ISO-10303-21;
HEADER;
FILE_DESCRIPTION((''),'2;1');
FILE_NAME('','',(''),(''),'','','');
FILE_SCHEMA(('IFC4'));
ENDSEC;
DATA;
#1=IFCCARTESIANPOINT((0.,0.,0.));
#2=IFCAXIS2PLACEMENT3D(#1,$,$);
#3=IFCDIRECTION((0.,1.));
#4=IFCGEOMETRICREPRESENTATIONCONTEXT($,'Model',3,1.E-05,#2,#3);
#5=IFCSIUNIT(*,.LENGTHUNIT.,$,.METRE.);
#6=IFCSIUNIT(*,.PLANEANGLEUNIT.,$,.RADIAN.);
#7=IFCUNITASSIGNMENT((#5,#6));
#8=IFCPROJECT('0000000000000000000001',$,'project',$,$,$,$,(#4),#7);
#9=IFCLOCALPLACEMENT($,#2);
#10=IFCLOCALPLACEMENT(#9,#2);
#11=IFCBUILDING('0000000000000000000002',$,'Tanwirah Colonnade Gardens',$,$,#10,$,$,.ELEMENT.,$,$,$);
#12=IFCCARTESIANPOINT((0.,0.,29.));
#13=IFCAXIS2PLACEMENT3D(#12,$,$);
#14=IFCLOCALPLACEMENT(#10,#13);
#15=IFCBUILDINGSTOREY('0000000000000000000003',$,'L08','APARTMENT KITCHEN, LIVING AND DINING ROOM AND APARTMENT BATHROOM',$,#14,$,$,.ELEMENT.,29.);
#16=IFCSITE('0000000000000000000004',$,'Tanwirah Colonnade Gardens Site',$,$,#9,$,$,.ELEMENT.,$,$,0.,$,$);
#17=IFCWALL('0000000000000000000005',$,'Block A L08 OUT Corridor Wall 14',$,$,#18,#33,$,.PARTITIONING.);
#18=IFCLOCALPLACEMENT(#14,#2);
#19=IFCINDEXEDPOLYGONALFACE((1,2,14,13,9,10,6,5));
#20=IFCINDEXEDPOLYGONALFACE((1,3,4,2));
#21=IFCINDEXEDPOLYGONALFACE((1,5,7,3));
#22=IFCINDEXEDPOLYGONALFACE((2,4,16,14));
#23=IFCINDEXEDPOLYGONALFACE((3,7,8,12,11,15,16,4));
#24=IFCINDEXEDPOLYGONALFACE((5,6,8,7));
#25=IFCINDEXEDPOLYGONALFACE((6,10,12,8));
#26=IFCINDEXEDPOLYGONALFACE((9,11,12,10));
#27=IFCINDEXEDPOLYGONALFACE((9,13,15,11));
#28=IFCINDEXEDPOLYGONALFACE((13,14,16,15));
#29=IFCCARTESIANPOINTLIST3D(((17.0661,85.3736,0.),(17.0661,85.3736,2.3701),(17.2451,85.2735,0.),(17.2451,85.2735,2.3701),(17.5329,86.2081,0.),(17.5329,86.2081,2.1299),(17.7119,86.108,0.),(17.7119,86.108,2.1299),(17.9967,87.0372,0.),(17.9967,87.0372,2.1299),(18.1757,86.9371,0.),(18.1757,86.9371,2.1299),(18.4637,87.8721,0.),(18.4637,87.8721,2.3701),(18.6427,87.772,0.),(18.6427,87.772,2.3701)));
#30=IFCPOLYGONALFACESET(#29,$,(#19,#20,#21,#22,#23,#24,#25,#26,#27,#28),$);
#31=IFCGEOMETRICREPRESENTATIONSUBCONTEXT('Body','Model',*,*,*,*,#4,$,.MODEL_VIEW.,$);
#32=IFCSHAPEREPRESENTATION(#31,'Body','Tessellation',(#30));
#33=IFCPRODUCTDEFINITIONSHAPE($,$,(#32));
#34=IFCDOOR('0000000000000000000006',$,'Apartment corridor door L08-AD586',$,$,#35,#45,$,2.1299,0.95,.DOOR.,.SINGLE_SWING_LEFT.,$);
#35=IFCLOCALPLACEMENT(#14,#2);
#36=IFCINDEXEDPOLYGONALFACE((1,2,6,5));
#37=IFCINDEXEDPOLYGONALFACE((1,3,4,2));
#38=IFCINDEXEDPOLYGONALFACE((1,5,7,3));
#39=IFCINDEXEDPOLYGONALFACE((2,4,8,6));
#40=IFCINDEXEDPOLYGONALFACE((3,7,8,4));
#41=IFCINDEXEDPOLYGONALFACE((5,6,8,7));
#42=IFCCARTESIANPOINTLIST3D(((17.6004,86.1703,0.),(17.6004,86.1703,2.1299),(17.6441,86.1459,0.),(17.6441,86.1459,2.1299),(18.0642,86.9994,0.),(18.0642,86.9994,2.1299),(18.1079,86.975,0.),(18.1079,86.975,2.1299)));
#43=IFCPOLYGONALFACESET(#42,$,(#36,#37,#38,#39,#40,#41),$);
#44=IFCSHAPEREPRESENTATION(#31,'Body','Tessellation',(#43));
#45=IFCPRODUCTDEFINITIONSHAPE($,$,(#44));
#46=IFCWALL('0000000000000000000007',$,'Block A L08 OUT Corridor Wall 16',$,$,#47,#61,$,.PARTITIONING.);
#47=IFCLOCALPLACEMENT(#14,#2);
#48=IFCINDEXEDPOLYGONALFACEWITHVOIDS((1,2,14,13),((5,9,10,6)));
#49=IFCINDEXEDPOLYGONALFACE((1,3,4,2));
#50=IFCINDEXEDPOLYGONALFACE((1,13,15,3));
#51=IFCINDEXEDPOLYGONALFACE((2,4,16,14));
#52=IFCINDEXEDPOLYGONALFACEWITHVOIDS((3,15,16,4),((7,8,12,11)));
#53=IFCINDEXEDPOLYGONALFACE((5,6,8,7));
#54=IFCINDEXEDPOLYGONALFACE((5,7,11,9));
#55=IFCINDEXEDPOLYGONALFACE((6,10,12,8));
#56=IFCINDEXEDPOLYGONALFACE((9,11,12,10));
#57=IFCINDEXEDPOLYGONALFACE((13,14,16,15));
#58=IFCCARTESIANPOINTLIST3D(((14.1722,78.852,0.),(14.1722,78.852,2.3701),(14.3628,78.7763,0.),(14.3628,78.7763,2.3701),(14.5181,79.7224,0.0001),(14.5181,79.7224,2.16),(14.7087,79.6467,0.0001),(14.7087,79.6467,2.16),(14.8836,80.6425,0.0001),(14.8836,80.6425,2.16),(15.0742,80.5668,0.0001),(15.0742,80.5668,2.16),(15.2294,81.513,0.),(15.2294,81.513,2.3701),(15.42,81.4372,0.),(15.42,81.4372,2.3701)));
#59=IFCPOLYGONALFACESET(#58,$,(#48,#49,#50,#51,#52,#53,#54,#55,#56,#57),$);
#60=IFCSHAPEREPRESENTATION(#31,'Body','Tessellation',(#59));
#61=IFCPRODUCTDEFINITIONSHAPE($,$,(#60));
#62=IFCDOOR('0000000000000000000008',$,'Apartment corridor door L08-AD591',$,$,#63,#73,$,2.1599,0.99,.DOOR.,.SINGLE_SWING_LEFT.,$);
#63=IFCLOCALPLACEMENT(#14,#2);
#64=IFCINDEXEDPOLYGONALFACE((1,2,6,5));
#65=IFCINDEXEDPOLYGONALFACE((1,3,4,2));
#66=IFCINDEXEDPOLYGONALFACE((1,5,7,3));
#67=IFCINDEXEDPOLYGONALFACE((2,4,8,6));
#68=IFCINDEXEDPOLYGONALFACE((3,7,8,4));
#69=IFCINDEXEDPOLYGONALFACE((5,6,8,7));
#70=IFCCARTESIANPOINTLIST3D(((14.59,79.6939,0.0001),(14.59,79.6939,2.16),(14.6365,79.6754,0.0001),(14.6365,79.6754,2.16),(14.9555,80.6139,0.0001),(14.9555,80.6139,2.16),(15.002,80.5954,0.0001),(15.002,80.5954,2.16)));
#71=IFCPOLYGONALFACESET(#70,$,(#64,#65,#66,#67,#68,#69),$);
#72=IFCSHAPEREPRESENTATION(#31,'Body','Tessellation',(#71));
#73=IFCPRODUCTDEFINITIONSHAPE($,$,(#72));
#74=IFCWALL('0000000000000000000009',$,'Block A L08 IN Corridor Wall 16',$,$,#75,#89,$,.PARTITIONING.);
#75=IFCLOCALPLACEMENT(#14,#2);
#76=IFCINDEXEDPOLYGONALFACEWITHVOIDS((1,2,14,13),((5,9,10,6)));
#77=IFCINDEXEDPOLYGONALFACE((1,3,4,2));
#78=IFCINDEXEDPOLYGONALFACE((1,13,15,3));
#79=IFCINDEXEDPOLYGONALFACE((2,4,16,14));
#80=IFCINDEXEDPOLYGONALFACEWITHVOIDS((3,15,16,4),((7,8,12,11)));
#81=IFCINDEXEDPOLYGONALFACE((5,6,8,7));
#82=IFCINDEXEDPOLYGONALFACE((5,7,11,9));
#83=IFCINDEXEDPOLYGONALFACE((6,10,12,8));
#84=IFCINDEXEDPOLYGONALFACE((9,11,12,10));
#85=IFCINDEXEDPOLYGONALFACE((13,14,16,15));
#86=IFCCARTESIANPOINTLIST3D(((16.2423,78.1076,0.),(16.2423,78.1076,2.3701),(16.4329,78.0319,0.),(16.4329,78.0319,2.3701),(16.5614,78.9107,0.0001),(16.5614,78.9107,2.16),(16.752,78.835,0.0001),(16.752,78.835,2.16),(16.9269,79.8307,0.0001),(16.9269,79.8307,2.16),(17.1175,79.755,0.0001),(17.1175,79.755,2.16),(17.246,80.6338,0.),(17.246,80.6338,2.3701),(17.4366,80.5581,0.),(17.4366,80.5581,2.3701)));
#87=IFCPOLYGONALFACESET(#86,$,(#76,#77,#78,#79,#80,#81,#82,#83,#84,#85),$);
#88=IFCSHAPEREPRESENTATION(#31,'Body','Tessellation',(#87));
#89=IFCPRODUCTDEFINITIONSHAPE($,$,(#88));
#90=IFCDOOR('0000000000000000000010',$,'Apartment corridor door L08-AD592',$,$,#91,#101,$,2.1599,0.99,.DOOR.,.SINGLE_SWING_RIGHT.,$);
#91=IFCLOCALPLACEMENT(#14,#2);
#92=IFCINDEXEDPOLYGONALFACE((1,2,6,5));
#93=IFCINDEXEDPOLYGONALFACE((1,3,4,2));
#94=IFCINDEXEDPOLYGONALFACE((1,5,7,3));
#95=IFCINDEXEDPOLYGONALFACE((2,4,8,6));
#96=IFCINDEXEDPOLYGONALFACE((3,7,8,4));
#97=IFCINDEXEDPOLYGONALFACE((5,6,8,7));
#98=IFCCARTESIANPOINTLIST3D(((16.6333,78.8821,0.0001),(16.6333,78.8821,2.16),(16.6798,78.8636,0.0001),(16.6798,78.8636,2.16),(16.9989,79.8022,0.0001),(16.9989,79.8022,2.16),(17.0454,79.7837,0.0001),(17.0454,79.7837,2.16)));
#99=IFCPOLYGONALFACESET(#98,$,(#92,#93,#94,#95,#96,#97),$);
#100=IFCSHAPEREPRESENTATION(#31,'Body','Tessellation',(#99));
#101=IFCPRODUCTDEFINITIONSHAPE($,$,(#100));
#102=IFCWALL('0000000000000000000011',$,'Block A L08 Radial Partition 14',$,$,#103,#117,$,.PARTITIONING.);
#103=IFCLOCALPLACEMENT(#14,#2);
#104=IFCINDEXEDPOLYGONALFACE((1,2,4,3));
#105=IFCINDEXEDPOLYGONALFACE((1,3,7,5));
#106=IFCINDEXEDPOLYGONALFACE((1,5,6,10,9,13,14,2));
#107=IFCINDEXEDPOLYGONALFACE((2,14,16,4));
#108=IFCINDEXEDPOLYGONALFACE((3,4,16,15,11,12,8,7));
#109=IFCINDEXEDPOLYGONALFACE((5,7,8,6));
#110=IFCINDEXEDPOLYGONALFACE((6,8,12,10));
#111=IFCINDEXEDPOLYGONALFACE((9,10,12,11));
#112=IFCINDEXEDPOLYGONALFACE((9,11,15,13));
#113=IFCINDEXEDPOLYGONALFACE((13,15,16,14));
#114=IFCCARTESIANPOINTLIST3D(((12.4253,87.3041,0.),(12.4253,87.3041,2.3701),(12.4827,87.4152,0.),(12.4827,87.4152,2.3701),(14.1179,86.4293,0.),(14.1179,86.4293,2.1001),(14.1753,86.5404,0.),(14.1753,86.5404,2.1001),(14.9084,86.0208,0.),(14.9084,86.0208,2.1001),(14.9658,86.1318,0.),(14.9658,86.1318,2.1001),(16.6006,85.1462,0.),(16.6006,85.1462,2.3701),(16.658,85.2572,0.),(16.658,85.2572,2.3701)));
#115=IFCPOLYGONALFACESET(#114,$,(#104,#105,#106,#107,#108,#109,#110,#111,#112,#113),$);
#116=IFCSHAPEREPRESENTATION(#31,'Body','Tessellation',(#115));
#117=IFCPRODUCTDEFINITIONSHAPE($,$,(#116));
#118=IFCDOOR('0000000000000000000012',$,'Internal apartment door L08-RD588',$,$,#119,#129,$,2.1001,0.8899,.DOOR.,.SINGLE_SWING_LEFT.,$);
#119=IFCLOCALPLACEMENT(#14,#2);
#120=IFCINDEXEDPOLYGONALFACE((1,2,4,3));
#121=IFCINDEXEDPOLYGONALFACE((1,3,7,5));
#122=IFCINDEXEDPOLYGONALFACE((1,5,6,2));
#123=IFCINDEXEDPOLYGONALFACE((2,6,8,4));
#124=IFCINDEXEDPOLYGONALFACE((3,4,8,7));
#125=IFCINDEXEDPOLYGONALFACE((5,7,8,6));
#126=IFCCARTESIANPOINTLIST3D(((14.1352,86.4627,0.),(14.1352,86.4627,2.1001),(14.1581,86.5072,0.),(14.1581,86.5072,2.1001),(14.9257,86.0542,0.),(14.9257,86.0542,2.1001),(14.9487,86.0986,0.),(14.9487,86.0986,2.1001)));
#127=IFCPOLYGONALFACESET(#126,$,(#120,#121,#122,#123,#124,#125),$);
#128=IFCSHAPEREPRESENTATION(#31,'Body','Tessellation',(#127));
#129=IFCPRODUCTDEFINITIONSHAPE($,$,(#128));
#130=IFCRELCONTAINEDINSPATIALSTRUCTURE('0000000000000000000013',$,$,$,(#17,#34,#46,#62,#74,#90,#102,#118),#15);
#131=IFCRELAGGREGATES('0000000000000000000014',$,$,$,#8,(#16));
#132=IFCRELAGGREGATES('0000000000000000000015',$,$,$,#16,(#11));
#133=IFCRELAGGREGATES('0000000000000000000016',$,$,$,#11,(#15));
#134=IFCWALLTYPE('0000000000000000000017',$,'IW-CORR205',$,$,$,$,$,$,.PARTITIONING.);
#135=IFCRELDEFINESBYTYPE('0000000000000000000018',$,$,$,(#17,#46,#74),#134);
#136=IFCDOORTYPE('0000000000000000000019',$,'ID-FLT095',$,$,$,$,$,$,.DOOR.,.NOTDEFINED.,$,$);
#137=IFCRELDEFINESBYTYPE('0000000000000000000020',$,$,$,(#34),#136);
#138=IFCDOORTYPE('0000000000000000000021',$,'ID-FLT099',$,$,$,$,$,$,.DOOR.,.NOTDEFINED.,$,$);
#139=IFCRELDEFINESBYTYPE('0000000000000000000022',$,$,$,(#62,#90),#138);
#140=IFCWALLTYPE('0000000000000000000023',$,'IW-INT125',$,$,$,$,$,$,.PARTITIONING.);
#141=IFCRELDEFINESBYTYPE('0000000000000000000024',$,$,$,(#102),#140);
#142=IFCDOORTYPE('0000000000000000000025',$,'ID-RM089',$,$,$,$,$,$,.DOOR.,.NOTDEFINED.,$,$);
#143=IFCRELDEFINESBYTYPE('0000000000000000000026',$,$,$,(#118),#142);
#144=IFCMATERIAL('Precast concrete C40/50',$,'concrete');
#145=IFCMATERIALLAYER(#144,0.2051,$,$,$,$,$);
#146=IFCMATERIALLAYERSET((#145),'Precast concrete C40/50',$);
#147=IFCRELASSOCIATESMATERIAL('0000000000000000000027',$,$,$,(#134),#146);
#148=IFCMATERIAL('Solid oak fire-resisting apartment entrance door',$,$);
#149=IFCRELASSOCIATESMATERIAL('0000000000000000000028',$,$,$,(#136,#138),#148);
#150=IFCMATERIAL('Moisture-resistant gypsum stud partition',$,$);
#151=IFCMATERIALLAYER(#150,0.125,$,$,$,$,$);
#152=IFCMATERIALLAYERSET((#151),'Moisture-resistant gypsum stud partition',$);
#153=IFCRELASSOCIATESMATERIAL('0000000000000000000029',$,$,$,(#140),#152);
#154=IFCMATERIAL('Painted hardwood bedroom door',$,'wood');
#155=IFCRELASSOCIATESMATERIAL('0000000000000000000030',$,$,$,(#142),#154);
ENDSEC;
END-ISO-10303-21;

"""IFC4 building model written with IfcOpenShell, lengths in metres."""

from ifc_helpers import new_model, si_unit, direction, frame, frame_2d, origin, place, context, subcontext, project, spatial, rectangle, extrude, material, layer, layer_set, type_object, element, fill, save


model = new_model("IFC4")

# Units and contexts
model_context = context("Model", 3, precision=1e-05, world=origin(), true_north=direction((0.0, 1.0)))
body_context = subcontext(model_context, "Body", "Model", "MODEL_VIEW")
ifc_project = project(units=[si_unit("LENGTHUNIT", "METRE"), si_unit("PLANEANGLEUNIT", "RADIAN")], contexts=[model_context])

# Site, building, storey
site_placement = place(None, origin())
site = spatial("IfcSite", under=ifc_project, at=site_placement, Name="Tanwirah Colonnade Gardens Site", CompositionType="ELEMENT", RefElevation=0.0)
building_placement = place(site_placement, origin())
building = spatial("IfcBuilding", under=site, at=building_placement, Name="Tanwirah Colonnade Gardens", CompositionType="ELEMENT")
storey_placement = place(building_placement, frame((0.0, 0.0, 29.0)))
storey = spatial("IfcBuildingStorey", under=building, at=storey_placement, Name="L08", Description="APARTMENT KITCHEN, LIVING AND DINING ROOM AND APARTMENT BATHROOM", CompositionType="ELEMENT", Elevation=29.0)

# Shared definitions
ifc_material_1 = material(Name="Precast concrete C40/50", Category="concrete")

# Walls, openings, doors
ifc_layer_1 = layer(ifc_material_1, 0.2051)
ifc_layer_set_1 = layer_set([ifc_layer_1], Name="Precast concrete C40/50")
wall_type_1 = type_object("IfcWallType", Name="IW-CORR205", PredefinedType="PARTITIONING", material=ifc_layer_set_1)
wall_1_placement = place(storey_placement, frame((18.5532, 87.822, 0.0), z_axis=(0.0, 0.0, 1.0), x_axis=(-0.488211, -0.872726, 0.0)))
wall_1 = element("IfcWall", 1, at=wall_1_placement, inside=storey, type_object=wall_type_1, Name="Block A L08 OUT Corridor Wall 14", PredefinedType="PARTITIONING", context=body_context, shape_type="SweptSolid", body=[
    extrude(rectangle(XDim=2.8628, YDim=0.2051, at=frame_2d((1.4314, 0.0))), origin(), (0.0, 0.0, 1.0), 2.3701),
])
opening_1_placement = place(wall_1_placement, frame((0.9565, 0.0, 0.0)))
opening_1 = element("IfcOpeningElement", 2, at=opening_1_placement, cuts=wall_1, PredefinedType="OPENING", context=body_context, shape_type="SweptSolid", body=[
    extrude(rectangle(XDim=0.95, YDim=2.1299, at=frame_2d((0.4751, 1.0649))), frame((0.0, 0.1125, 0.0), z_axis=(0.0, -1.0, 0.0), x_axis=(1.0, 0.0, 0.0)), (0.0, 0.0, 1.0), 0.2251),
])
ifc_material_2 = material(Name="Solid oak fire-resisting apartment entrance door")
door_type_1 = type_object("IfcDoorType", Name="ID-FLT095", OperationType="NOTDEFINED", PredefinedType="DOOR", material=ifc_material_2)
door_1_placement = place(opening_1_placement, origin())
door_1 = element("IfcDoor", 3, at=door_1_placement, inside=storey, type_object=door_type_1, Name="Apartment corridor door L08-AD586", OperationType="SINGLE_SWING_LEFT", OverallHeight=2.1299, OverallWidth=0.95, PredefinedType="DOOR", context=body_context, shape_type="SweptSolid", body=[
    extrude(rectangle(XDim=0.95, YDim=2.1299, at=frame_2d((0.4751, 1.0649))), frame((0.0, 0.0249, 0.0), z_axis=(0.0, -1.0, 0.0), x_axis=(1.0, 0.0, 0.0)), (0.0, 0.0, 1.0), 0.05),
])
fill(opening_1, door_1)
wall_2_placement = place(storey_placement, frame((15.3247, 81.4751, 0.0), z_axis=(0.0, 0.0, 1.0), x_axis=(-0.369214, -0.929344, 0.0)))
wall_2 = element("IfcWall", 4, at=wall_2_placement, inside=storey, type_object=wall_type_1, Name="Block A L08 OUT Corridor Wall 16", PredefinedType="PARTITIONING", context=body_context, shape_type="SweptSolid", body=[
    extrude(rectangle(XDim=2.8633, YDim=0.2051, at=frame_2d((1.4316, 0.0))), origin(), (0.0, 0.0, 1.0), 2.3701),
])
opening_2_placement = place(wall_2_placement, frame((0.9365, 0.0, 0.0)))
opening_2 = element("IfcOpeningElement", 5, at=opening_2_placement, cuts=wall_2, PredefinedType="OPENING", context=body_context, shape_type="SweptSolid", body=[
    extrude(rectangle(XDim=0.99, YDim=2.1599, at=frame_2d((0.4951, 1.0801))), frame((0.0, 0.1125, 0.0), z_axis=(0.0, -1.0, 0.0), x_axis=(1.0, 0.0, 0.0)), (0.0, 0.0, 1.0), 0.2251),
])
door_type_2 = type_object("IfcDoorType", Name="ID-FLT099", OperationType="NOTDEFINED", PredefinedType="DOOR", material=ifc_material_2)
door_2_placement = place(opening_2_placement, origin())
door_2 = element("IfcDoor", 6, at=door_2_placement, inside=storey, type_object=door_type_2, Name="Apartment corridor door L08-AD591", OperationType="SINGLE_SWING_LEFT", OverallHeight=2.1599, OverallWidth=0.99, PredefinedType="DOOR", context=body_context, shape_type="SweptSolid", body=[
    extrude(rectangle(XDim=0.99, YDim=2.1599, at=frame_2d((0.4951, 1.0801))), frame((0.0, 0.0249, 0.0), z_axis=(0.0, -1.0, 0.0), x_axis=(1.0, 0.0, 0.0)), (0.0, 0.0, 1.0), 0.05),
])
fill(opening_2, door_2)
wall_3_placement = place(storey_placement, frame((17.3413, 80.5959, 0.0), z_axis=(0.0, 0.0, 1.0), x_axis=(-0.369237, -0.929335, 0.0)))
wall_3 = element("IfcWall", 7, at=wall_3_placement, inside=storey, type_object=wall_type_1, Name="Block A L08 IN Corridor Wall 16", PredefinedType="PARTITIONING", context=body_context, shape_type="SweptSolid", body=[
    extrude(rectangle(XDim=2.7183, YDim=0.2051, at=frame_2d((1.3591, 0.0))), origin(), (0.0, 0.0, 1.0), 2.3701),
])
opening_3_placement = place(wall_3_placement, frame((0.864, 0.0, 0.0)))
opening_3 = element("IfcOpeningElement", 8, at=opening_3_placement, cuts=wall_3, PredefinedType="OPENING", context=body_context, shape_type="SweptSolid", body=[
    extrude(rectangle(XDim=0.99, YDim=2.1599, at=frame_2d((0.4951, 1.0801))), frame((0.0, 0.1125, 0.0), z_axis=(0.0, -1.0, 0.0), x_axis=(1.0, 0.0, 0.0)), (0.0, 0.0, 1.0), 0.2251),
])
door_3_placement = place(opening_3_placement, origin())
door_3 = element("IfcDoor", 9, at=door_3_placement, inside=storey, type_object=door_type_2, Name="Apartment corridor door L08-AD592", OperationType="SINGLE_SWING_RIGHT", OverallHeight=2.1599, OverallWidth=0.99, PredefinedType="DOOR", context=body_context, shape_type="SweptSolid", body=[
    extrude(rectangle(XDim=0.99, YDim=2.1599, at=frame_2d((0.4951, 1.0801))), frame((0.0, 0.0249, 0.0), z_axis=(0.0, -1.0, 0.0), x_axis=(1.0, 0.0, 0.0)), (0.0, 0.0, 1.0), 0.05),
])
fill(opening_3, door_3)
ifc_material_3 = material(Name="Moisture-resistant gypsum stud partition")
ifc_layer_2 = layer(ifc_material_3, 0.125)
ifc_layer_set_2 = layer_set([ifc_layer_2], Name="Moisture-resistant gypsum stud partition")
wall_type_2 = type_object("IfcWallType", Name="IW-INT125", PredefinedType="PARTITIONING", material=ifc_layer_set_2)
wall_4_placement = place(storey_placement, frame((16.6294, 85.2017, 0.0), z_axis=(0.0, 0.0, 1.0), x_axis=(-0.888363, 0.459142, 0.0)))
wall_4 = element("IfcWall", 10, at=wall_4_placement, inside=storey, type_object=wall_type_2, Name="Block A L08 Radial Partition 14", PredefinedType="PARTITIONING", context=body_context, shape_type="SweptSolid", body=[
    extrude(rectangle(XDim=4.7, YDim=0.125, at=frame_2d((2.3501, 0.0))), origin(), (0.0, 0.0, 1.0), 2.3701),
])
opening_4_placement = place(wall_4_placement, frame((1.905, 0.0, 0.0)))
opening_4 = element("IfcOpeningElement", 11, at=opening_4_placement, cuts=wall_4, PredefinedType="OPENING", context=body_context, shape_type="SweptSolid", body=[
    extrude(rectangle(XDim=0.8899, YDim=2.1001, at=frame_2d((0.4448, 1.05))), frame((0.0, 0.0725, 0.0), z_axis=(0.0, -1.0, 0.0), x_axis=(1.0, 0.0, 0.0)), (0.0, 0.0, 1.0), 0.145),
])
ifc_material_4 = material(Name="Painted hardwood bedroom door", Category="wood")
door_type_3 = type_object("IfcDoorType", Name="ID-RM089", OperationType="NOTDEFINED", PredefinedType="DOOR", material=ifc_material_4)
door_4_placement = place(opening_4_placement, origin())
door_4 = element("IfcDoor", 12, at=door_4_placement, inside=storey, type_object=door_type_3, Name="Internal apartment door L08-RD588", OperationType="SINGLE_SWING_LEFT", OverallHeight=2.1001, OverallWidth=0.8899, PredefinedType="DOOR", context=body_context, shape_type="SweptSolid", body=[
    extrude(rectangle(XDim=0.8899, YDim=2.1001, at=frame_2d((0.4448, 1.05))), frame((0.0, 0.0249, 0.0), z_axis=(0.0, -1.0, 0.0), x_axis=(1.0, 0.0, 0.0)), (0.0, 0.0, 1.0), 0.05),
])
fill(opening_4, door_4)

save(model, "model.ifc")
